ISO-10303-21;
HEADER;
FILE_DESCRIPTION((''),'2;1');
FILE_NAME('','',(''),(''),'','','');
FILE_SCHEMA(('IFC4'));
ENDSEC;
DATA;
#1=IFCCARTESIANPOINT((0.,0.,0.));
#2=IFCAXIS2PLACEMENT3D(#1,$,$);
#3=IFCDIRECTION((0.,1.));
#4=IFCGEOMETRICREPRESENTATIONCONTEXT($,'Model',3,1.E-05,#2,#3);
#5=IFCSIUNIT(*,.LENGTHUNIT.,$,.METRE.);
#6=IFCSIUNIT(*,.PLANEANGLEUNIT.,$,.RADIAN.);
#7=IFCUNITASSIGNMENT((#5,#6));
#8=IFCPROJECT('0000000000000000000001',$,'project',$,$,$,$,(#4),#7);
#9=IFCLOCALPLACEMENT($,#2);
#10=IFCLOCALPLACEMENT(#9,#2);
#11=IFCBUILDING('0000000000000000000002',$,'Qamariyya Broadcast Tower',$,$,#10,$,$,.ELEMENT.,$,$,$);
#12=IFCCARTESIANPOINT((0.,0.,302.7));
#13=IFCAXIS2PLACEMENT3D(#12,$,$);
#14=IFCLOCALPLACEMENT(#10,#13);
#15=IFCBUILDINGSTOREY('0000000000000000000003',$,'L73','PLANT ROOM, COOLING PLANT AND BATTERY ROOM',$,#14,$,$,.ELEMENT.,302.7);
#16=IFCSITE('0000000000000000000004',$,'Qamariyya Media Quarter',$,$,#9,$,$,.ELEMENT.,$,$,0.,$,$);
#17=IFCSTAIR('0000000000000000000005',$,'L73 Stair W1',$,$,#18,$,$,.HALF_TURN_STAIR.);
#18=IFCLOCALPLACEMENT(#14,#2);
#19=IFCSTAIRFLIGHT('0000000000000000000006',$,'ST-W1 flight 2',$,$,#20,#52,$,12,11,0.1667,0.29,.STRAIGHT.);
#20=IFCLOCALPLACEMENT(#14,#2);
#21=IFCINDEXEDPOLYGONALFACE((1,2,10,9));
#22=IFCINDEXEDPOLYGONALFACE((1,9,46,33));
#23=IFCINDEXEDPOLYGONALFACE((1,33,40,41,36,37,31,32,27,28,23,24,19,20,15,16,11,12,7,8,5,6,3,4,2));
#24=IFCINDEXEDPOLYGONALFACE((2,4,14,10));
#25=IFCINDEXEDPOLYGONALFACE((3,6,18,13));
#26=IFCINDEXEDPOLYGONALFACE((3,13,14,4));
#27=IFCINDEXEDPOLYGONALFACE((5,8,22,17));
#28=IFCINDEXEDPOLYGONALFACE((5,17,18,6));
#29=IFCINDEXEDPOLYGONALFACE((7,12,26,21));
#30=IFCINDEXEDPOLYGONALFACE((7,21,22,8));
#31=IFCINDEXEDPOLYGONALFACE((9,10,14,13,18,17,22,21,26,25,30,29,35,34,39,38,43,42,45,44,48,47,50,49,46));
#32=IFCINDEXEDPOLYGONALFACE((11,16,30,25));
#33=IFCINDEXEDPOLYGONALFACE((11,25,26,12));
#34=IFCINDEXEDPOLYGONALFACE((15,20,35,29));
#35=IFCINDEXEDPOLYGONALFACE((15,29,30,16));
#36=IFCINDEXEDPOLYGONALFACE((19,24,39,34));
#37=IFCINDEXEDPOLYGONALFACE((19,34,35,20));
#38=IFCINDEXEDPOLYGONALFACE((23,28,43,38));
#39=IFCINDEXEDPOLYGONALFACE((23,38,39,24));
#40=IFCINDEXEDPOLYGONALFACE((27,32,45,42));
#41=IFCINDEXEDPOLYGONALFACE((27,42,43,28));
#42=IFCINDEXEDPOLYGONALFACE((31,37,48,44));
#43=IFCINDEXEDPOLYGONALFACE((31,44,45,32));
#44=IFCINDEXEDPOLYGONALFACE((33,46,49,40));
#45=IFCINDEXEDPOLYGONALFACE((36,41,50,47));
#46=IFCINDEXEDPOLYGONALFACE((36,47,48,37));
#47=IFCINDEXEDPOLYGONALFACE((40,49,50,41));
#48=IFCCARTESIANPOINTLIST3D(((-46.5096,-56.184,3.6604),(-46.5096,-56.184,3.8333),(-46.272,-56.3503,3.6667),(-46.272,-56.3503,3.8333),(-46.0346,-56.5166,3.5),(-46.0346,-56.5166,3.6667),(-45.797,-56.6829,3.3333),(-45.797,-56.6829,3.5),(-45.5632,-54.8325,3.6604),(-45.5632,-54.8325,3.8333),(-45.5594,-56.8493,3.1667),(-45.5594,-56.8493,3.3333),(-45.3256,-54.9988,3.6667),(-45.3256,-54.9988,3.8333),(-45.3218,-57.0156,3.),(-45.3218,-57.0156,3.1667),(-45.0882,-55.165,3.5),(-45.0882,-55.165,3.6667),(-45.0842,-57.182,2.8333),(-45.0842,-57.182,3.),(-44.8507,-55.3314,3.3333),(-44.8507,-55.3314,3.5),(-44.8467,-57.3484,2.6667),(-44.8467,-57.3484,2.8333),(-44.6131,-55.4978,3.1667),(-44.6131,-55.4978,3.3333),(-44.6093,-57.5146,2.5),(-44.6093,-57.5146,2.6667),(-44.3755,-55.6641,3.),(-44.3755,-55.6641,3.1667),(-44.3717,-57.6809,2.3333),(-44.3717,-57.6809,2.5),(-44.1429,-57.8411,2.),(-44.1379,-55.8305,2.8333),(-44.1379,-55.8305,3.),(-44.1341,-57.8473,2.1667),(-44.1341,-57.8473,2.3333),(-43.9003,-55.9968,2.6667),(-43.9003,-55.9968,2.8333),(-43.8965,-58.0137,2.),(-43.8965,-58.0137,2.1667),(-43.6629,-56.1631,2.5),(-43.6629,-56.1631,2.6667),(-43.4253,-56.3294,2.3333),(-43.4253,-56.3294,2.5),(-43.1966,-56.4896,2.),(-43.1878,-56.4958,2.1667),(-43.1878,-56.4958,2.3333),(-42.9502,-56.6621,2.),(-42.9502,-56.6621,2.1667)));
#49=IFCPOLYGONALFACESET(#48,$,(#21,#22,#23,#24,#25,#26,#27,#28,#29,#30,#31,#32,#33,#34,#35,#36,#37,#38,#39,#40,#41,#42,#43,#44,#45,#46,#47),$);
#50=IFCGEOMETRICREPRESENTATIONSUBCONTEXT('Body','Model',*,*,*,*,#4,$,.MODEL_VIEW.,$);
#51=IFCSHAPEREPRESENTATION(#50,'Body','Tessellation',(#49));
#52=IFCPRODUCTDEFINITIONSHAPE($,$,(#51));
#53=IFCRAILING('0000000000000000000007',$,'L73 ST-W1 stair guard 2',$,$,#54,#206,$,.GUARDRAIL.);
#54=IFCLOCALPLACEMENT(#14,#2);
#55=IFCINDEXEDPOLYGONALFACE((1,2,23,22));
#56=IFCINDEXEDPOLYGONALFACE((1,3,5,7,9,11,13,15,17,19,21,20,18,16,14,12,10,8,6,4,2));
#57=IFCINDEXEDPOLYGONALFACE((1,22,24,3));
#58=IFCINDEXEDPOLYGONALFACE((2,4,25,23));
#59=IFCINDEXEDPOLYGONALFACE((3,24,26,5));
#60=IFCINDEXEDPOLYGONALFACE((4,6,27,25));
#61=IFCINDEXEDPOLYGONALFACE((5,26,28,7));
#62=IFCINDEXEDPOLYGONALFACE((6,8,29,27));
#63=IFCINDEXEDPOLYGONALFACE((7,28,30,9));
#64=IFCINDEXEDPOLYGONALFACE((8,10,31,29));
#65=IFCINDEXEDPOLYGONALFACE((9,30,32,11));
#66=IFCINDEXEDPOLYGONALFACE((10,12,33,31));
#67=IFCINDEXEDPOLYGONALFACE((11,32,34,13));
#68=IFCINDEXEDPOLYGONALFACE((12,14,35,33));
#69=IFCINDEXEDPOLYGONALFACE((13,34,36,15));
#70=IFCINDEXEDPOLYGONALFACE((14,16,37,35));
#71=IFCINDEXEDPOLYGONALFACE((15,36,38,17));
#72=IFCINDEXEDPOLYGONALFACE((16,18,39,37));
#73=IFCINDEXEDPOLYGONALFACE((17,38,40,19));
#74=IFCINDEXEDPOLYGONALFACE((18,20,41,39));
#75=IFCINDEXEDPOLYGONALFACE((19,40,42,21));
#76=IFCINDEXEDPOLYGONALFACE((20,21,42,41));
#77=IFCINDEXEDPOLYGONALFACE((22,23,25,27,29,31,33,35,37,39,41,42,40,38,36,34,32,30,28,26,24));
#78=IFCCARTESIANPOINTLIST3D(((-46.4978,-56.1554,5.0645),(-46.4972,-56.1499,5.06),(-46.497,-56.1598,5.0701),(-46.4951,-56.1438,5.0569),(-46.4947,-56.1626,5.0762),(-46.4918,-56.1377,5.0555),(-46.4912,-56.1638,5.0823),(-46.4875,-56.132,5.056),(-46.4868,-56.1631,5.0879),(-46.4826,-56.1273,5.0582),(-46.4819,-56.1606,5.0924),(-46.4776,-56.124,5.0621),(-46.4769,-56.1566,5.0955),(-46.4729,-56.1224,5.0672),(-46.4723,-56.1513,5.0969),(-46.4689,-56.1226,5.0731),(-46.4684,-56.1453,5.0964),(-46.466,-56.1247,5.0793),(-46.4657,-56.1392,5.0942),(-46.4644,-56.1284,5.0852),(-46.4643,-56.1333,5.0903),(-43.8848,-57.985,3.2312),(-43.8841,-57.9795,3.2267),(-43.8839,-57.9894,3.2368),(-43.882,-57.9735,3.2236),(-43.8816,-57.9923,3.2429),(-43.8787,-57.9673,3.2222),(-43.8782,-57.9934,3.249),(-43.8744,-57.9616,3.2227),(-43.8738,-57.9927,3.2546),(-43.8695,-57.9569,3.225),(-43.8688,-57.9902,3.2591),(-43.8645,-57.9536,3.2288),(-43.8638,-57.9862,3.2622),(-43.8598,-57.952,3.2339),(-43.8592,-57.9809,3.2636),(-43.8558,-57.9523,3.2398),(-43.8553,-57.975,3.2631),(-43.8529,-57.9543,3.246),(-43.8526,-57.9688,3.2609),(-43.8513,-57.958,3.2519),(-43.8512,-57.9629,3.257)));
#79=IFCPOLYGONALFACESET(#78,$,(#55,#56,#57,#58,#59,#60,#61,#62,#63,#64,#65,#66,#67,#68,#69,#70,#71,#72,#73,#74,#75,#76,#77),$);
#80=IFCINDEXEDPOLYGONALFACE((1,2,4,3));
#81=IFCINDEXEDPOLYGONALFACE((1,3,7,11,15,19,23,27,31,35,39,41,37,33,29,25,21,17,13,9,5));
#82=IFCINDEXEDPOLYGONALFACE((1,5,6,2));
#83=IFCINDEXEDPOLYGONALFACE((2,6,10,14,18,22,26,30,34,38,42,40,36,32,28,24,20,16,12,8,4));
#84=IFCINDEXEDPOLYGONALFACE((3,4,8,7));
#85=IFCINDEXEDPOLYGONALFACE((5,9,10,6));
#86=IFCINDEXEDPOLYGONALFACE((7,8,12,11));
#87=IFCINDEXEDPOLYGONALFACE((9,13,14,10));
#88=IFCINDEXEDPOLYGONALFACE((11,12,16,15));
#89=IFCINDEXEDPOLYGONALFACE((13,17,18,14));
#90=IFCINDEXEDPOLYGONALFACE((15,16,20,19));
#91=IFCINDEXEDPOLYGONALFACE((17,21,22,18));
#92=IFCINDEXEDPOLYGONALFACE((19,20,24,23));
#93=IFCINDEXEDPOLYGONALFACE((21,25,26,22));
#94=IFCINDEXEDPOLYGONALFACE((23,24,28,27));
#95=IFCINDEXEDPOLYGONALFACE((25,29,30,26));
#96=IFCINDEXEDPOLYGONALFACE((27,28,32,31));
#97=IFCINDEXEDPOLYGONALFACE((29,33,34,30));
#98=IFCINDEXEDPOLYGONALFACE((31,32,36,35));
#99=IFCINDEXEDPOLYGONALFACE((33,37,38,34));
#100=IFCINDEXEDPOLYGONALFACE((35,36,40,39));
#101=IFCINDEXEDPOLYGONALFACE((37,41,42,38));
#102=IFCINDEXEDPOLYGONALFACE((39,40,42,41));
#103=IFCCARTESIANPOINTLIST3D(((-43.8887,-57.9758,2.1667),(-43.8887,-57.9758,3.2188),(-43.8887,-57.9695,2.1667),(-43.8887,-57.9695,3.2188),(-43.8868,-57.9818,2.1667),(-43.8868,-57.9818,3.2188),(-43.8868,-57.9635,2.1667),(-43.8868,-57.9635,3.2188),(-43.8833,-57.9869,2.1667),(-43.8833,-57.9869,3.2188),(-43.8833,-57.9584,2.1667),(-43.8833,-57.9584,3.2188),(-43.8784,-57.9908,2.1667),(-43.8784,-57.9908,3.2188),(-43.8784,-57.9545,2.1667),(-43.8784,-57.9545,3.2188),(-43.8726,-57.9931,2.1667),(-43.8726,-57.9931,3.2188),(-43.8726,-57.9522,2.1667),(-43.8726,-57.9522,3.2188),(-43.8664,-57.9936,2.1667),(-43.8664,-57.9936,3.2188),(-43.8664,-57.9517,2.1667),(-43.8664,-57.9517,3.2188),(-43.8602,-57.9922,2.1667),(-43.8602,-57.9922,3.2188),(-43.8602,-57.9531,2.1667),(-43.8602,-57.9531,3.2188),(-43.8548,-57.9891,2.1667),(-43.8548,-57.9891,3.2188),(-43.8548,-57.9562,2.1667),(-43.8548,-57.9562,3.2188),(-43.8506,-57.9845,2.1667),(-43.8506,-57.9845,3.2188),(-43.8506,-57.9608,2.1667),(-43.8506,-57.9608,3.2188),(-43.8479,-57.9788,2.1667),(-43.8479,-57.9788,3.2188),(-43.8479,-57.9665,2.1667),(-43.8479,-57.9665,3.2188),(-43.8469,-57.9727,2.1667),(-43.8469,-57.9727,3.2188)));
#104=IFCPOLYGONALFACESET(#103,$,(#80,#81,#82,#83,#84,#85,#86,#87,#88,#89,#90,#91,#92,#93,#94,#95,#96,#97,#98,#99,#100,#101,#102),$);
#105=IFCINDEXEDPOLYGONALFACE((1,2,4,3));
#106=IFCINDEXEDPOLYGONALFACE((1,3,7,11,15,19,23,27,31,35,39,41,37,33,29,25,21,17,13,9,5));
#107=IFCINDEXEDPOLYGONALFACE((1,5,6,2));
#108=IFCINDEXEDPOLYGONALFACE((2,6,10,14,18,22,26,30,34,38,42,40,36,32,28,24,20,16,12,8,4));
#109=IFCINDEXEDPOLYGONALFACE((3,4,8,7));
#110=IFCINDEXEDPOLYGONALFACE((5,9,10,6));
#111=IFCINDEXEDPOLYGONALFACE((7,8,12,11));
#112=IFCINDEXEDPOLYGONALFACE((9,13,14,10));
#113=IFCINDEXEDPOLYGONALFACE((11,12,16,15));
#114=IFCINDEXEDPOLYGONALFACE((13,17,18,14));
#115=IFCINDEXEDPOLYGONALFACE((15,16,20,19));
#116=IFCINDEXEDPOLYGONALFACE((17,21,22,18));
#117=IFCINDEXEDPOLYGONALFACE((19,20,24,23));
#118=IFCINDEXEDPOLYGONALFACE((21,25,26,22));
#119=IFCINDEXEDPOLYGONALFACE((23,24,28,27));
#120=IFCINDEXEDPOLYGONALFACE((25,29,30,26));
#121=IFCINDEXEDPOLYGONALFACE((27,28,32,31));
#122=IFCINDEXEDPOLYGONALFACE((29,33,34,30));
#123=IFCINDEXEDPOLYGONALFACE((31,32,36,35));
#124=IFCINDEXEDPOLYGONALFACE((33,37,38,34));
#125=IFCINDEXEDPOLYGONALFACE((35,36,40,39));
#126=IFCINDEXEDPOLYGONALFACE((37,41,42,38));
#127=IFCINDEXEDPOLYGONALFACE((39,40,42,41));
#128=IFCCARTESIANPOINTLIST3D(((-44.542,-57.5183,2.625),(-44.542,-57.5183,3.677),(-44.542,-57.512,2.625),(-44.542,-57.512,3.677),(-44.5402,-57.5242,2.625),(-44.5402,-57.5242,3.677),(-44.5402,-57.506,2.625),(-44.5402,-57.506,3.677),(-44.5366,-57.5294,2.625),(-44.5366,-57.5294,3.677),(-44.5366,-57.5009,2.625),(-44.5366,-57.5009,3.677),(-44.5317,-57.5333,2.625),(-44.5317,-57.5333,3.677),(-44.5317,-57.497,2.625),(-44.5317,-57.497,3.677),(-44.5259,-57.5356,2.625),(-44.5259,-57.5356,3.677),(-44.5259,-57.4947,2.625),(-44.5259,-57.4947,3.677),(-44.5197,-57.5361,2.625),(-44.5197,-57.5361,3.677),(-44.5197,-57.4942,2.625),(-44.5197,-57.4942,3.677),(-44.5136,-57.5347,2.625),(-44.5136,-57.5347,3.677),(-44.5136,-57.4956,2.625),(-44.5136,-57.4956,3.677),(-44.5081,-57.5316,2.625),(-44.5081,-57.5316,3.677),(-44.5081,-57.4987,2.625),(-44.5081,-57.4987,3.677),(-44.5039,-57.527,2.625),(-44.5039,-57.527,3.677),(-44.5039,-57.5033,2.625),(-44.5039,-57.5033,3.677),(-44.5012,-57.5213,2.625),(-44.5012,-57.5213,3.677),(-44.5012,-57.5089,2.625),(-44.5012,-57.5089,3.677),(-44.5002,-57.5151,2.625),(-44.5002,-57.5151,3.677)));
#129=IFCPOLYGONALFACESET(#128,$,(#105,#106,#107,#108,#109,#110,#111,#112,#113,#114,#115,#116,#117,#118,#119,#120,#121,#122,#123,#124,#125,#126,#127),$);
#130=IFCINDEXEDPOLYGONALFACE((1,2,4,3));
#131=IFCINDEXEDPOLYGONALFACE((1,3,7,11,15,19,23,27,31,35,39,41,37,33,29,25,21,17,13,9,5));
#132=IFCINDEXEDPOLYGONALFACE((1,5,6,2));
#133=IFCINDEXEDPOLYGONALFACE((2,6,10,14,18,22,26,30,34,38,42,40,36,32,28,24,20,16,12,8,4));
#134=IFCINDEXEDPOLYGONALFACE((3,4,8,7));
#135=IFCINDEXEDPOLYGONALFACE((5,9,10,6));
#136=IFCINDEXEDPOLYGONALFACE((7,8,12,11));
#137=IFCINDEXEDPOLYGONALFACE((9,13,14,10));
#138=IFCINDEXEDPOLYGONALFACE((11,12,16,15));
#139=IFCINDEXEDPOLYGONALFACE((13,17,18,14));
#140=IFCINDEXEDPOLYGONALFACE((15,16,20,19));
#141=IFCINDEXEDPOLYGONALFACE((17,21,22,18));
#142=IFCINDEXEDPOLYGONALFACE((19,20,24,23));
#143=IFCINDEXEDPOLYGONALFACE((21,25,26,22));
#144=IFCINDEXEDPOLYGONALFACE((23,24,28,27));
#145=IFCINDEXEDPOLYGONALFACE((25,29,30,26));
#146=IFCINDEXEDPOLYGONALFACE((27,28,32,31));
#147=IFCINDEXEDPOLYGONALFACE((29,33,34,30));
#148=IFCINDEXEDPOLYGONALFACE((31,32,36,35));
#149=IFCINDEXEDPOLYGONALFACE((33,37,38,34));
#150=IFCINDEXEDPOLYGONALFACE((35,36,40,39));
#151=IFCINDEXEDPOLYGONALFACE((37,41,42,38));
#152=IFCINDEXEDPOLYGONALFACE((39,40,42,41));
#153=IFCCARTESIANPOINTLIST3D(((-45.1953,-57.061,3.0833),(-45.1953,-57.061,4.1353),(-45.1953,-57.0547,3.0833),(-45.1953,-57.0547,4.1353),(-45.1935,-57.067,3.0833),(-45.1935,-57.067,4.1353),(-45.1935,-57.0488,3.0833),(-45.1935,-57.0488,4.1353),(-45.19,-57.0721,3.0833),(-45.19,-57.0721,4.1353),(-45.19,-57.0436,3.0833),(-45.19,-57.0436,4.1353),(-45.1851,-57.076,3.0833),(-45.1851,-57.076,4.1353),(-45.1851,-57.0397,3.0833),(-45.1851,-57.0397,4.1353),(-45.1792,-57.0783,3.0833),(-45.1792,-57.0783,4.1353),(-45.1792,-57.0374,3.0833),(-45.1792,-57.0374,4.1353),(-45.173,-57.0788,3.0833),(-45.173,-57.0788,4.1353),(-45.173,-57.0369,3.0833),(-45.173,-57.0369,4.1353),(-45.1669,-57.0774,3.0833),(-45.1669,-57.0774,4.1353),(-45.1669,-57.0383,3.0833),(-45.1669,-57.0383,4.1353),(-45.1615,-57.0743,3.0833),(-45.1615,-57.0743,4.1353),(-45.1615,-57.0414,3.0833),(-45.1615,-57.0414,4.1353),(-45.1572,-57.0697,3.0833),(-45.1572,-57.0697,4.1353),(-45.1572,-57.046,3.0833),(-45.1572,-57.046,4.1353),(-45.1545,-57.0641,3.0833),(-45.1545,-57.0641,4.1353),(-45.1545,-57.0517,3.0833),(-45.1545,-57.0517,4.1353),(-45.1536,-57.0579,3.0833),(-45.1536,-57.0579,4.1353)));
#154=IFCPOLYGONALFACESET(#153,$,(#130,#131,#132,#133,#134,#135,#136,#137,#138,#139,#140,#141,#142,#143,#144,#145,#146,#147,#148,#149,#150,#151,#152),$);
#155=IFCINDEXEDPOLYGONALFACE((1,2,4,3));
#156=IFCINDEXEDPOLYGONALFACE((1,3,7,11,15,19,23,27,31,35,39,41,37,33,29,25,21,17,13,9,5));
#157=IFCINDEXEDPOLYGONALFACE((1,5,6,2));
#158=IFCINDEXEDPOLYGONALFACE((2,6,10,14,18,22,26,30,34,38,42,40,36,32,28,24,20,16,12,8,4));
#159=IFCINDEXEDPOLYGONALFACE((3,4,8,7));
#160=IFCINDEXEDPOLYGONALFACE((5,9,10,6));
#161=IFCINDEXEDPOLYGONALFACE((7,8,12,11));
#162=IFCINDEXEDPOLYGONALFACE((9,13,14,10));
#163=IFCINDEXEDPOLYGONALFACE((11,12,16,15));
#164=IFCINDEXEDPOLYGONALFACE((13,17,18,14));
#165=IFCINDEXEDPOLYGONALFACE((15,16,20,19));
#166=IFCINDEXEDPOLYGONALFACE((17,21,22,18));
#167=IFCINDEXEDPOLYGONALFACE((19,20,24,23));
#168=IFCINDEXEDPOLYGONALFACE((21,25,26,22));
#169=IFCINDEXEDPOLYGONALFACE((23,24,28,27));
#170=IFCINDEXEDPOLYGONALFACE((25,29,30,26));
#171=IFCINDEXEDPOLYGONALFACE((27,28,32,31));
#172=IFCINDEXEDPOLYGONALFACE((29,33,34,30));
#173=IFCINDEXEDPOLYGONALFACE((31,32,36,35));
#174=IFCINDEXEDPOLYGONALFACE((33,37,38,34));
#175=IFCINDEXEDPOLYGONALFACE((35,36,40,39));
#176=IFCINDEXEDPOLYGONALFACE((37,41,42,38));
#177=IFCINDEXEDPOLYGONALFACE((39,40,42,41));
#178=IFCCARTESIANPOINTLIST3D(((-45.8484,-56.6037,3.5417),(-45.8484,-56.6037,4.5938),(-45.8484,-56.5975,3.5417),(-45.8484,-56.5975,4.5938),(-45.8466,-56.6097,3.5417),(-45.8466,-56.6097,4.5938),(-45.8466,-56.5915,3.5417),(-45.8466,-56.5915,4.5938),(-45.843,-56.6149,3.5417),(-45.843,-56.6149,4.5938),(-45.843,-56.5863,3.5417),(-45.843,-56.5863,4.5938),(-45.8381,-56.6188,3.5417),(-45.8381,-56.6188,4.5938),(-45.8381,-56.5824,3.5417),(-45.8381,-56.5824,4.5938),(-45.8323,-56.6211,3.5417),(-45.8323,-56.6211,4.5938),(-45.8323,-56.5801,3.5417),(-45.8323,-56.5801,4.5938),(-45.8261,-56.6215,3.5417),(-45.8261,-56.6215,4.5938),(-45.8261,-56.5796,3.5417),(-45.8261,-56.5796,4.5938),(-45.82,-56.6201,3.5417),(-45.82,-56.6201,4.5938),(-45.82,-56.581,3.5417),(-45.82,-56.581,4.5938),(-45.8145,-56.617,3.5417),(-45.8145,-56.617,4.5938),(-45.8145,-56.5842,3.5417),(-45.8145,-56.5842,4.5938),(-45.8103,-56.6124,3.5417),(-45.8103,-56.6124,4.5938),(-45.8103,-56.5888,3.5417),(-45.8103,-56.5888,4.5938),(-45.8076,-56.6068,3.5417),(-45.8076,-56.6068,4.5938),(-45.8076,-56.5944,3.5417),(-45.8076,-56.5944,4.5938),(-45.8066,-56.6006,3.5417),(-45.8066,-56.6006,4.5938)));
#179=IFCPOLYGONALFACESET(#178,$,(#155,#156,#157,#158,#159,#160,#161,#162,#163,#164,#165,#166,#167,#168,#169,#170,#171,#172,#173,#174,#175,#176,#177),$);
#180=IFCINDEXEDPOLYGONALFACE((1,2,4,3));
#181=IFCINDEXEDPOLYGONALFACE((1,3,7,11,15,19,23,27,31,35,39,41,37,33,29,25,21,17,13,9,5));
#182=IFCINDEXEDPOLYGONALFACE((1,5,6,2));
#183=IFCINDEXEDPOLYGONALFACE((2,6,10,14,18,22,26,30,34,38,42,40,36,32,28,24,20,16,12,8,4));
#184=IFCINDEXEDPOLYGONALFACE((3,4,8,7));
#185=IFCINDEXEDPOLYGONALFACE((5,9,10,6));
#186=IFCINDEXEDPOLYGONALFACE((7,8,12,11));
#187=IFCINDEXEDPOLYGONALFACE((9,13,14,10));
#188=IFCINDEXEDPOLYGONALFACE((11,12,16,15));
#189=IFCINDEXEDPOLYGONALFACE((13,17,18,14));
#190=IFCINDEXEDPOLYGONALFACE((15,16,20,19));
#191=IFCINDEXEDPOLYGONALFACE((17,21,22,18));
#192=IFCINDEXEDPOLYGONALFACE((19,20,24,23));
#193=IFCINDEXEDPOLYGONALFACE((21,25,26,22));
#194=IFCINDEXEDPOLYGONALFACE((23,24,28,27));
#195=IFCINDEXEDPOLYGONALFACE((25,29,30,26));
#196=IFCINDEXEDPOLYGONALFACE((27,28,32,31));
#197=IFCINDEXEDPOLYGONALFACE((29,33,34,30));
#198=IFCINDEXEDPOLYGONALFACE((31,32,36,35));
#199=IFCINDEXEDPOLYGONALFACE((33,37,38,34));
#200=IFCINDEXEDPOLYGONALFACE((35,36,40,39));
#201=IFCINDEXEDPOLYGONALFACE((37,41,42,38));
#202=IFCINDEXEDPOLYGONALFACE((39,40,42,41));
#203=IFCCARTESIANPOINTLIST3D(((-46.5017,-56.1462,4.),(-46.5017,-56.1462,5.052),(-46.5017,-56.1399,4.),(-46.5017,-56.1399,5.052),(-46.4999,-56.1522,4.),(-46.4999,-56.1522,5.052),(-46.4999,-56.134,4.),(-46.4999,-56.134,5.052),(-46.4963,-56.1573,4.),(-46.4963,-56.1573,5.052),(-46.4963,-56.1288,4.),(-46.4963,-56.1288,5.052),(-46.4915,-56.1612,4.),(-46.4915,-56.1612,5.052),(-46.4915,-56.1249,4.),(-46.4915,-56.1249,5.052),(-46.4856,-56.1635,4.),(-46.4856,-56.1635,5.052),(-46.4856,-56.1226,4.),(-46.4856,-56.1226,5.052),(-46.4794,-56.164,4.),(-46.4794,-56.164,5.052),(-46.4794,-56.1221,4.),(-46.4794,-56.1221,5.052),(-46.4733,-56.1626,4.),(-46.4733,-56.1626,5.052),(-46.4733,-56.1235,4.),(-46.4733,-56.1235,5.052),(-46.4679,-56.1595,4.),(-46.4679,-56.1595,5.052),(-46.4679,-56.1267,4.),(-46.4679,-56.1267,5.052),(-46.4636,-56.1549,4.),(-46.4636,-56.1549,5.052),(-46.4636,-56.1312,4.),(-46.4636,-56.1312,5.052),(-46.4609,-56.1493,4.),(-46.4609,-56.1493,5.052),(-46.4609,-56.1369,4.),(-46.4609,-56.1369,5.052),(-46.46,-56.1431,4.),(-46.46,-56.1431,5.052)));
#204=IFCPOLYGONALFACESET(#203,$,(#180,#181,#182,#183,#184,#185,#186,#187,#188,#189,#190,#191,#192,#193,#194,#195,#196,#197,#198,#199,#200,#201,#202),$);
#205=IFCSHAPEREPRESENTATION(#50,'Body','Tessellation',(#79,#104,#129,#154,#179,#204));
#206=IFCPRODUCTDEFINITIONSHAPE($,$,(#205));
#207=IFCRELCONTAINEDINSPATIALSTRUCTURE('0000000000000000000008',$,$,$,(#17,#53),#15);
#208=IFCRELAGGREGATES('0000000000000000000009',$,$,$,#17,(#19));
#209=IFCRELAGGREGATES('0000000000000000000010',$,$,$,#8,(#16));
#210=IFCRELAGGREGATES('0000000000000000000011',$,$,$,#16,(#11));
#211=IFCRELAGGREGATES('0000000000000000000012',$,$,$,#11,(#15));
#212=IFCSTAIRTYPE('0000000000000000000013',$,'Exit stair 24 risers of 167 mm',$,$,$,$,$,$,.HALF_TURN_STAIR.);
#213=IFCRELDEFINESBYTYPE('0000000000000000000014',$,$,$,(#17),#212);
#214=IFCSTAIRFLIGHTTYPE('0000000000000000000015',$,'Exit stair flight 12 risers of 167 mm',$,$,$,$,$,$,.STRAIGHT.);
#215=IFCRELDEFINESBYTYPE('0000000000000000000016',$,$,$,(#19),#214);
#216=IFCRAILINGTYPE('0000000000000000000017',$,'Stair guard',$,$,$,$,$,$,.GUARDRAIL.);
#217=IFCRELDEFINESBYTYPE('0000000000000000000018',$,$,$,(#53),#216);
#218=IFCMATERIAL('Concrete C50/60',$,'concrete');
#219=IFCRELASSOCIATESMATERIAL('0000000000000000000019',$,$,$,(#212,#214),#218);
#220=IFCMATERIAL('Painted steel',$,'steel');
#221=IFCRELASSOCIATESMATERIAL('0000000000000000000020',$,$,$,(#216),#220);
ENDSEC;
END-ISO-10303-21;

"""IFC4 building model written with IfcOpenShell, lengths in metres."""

from ifc_helpers import new_model, si_unit, direction, frame, origin, origin_2d, place, context, subcontext, project, spatial, polyline, circle, outline, extrude, material, type_object, element, aggregate, save


model = new_model("IFC4")

# Units and contexts
model_context = context("Model", 3, precision=1e-05, world=origin(), true_north=direction((0.0, 1.0)))
body_context = subcontext(model_context, "Body", "Model", "MODEL_VIEW")
ifc_project = project(units=[si_unit("LENGTHUNIT", "METRE"), si_unit("PLANEANGLEUNIT", "RADIAN")], contexts=[model_context])

# Site, building, storey
site_placement = place(None, origin())
site = spatial("IfcSite", under=ifc_project, at=site_placement, Name="Qamariyya Media Quarter", CompositionType="ELEMENT", RefElevation=0.0)
building_placement = place(site_placement, origin())
building = spatial("IfcBuilding", under=site, at=building_placement, Name="Qamariyya Broadcast Tower", CompositionType="ELEMENT")
storey_placement = place(building_placement, frame((0.0, 0.0, 302.7)))
storey = spatial("IfcBuildingStorey", under=building, at=storey_placement, Name="L73", Description="PLANT ROOM, COOLING PLANT AND BATTERY ROOM", CompositionType="ELEMENT", Elevation=302.7)

# Shared definitions
ifc_material_1 = material(Name="Concrete C50/60", Category="concrete")

# Stair, stair flight
stair_type = type_object("IfcStairType", Name="Exit stair 24 risers of 167 mm", PredefinedType="HALF_TURN_STAIR", material=ifc_material_1)
stair_placement = place(storey_placement, origin())
stair = element("IfcStair", 1, at=stair_placement, inside=storey, type_object=stair_type, Name="L73 Stair W1", PredefinedType="HALF_TURN_STAIR")
stair_flight_type = type_object("IfcStairFlightType", Name="Exit stair flight 12 risers of 167 mm", PredefinedType="STRAIGHT", material=ifc_material_1)
stair_flight_1_placement = place(storey_placement, frame((-43.4233, -57.3379, 2.0), z_axis=(0.0, 0.0, 1.0), x_axis=(-0.819152, 0.573576, 0.0)))
stair_flight_1 = element("IfcStairFlight", 2, at=stair_flight_1_placement, type_object=stair_flight_type, Name="ST-W1 flight 2", NumberOfRisers=12, NumberOfTreads=11, PredefinedType="STRAIGHT", RiserHeight=0.1667, TreadLength=0.29, context=body_context, shape_type="SweptSolid", body=[
    extrude(outline(polyline([(0.0, 0.0), (0.0, 0.1667), (0.29, 0.1667), (0.29, 0.3333), (0.5801, 0.3333), (0.5801, 0.5), (0.8701, 0.5), (0.8701, 0.6667), (1.1599, 0.6667), (1.1599, 0.8333), (1.45, 0.8333), (1.45, 1.0), (1.74, 1.0), (1.74, 1.1667), (2.03, 1.1667), (2.03, 1.3333), (2.3201, 1.3333), (2.3201, 1.5), (2.6101, 1.5), (2.6101, 1.6667), (2.8999, 1.6667), (2.8999, 1.8333), (3.1899, 1.8333), (3.1899, 2.0), (3.1899, 1.6604), (0.3008, 0.0), (0.0, 0.0)])), frame((0.0, 0.825, 0.0), z_axis=(0.0, -1.0, 0.0), x_axis=(1.0, 0.0, 0.0)), (0.0, 0.0, 1.0), 1.6499),
])
aggregate(stair, [stair_flight_1])

# Railing
ifc_material_2 = material(Name="Painted steel", Category="steel")
railing_type_1 = type_object("IfcRailingType", Name="Stair guard", PredefinedType="GUARDRAIL", material=ifc_material_2)
railing_1_placement = place(storey_placement, frame((-43.8679, -57.9727, 2.1667)))
element("IfcRailing", 3, at=railing_1_placement, inside=storey, type_object=railing_type_1, Name="L73 ST-W1 stair guard 2", PredefinedType="GUARDRAIL", context=body_context, shape_type="SweptSolid", body=[
    extrude(circle(Radius=0.0239, at=origin_2d()), frame((0.0, 0.0, 1.0762), z_axis=(-0.710228, 0.497285, 0.498281), x_axis=(-0.57356, -0.819164, 0.0)), (0.0, 0.0, 1.0), 3.6792),
    extrude(circle(Radius=0.021, at=origin_2d()), origin(), (0.0, 0.0, 1.0), 1.052),
    extrude(circle(Radius=0.021, at=origin_2d()), frame((-0.6533, 0.4575, 0.4583)), (0.0, 0.0, 1.0), 1.052),
    extrude(circle(Radius=0.021, at=origin_2d()), frame((-1.3066, 0.9148, 0.9165)), (0.0, 0.0, 1.0), 1.052),
    extrude(circle(Radius=0.021, at=origin_2d()), frame((-1.9597, 1.3721, 1.375)), (0.0, 0.0, 1.0), 1.052),
    extrude(circle(Radius=0.021, at=origin_2d()), frame((-2.613, 1.8296, 1.8333)), (0.0, 0.0, 1.0), 1.052),
])

save(model, "model.ifc")
